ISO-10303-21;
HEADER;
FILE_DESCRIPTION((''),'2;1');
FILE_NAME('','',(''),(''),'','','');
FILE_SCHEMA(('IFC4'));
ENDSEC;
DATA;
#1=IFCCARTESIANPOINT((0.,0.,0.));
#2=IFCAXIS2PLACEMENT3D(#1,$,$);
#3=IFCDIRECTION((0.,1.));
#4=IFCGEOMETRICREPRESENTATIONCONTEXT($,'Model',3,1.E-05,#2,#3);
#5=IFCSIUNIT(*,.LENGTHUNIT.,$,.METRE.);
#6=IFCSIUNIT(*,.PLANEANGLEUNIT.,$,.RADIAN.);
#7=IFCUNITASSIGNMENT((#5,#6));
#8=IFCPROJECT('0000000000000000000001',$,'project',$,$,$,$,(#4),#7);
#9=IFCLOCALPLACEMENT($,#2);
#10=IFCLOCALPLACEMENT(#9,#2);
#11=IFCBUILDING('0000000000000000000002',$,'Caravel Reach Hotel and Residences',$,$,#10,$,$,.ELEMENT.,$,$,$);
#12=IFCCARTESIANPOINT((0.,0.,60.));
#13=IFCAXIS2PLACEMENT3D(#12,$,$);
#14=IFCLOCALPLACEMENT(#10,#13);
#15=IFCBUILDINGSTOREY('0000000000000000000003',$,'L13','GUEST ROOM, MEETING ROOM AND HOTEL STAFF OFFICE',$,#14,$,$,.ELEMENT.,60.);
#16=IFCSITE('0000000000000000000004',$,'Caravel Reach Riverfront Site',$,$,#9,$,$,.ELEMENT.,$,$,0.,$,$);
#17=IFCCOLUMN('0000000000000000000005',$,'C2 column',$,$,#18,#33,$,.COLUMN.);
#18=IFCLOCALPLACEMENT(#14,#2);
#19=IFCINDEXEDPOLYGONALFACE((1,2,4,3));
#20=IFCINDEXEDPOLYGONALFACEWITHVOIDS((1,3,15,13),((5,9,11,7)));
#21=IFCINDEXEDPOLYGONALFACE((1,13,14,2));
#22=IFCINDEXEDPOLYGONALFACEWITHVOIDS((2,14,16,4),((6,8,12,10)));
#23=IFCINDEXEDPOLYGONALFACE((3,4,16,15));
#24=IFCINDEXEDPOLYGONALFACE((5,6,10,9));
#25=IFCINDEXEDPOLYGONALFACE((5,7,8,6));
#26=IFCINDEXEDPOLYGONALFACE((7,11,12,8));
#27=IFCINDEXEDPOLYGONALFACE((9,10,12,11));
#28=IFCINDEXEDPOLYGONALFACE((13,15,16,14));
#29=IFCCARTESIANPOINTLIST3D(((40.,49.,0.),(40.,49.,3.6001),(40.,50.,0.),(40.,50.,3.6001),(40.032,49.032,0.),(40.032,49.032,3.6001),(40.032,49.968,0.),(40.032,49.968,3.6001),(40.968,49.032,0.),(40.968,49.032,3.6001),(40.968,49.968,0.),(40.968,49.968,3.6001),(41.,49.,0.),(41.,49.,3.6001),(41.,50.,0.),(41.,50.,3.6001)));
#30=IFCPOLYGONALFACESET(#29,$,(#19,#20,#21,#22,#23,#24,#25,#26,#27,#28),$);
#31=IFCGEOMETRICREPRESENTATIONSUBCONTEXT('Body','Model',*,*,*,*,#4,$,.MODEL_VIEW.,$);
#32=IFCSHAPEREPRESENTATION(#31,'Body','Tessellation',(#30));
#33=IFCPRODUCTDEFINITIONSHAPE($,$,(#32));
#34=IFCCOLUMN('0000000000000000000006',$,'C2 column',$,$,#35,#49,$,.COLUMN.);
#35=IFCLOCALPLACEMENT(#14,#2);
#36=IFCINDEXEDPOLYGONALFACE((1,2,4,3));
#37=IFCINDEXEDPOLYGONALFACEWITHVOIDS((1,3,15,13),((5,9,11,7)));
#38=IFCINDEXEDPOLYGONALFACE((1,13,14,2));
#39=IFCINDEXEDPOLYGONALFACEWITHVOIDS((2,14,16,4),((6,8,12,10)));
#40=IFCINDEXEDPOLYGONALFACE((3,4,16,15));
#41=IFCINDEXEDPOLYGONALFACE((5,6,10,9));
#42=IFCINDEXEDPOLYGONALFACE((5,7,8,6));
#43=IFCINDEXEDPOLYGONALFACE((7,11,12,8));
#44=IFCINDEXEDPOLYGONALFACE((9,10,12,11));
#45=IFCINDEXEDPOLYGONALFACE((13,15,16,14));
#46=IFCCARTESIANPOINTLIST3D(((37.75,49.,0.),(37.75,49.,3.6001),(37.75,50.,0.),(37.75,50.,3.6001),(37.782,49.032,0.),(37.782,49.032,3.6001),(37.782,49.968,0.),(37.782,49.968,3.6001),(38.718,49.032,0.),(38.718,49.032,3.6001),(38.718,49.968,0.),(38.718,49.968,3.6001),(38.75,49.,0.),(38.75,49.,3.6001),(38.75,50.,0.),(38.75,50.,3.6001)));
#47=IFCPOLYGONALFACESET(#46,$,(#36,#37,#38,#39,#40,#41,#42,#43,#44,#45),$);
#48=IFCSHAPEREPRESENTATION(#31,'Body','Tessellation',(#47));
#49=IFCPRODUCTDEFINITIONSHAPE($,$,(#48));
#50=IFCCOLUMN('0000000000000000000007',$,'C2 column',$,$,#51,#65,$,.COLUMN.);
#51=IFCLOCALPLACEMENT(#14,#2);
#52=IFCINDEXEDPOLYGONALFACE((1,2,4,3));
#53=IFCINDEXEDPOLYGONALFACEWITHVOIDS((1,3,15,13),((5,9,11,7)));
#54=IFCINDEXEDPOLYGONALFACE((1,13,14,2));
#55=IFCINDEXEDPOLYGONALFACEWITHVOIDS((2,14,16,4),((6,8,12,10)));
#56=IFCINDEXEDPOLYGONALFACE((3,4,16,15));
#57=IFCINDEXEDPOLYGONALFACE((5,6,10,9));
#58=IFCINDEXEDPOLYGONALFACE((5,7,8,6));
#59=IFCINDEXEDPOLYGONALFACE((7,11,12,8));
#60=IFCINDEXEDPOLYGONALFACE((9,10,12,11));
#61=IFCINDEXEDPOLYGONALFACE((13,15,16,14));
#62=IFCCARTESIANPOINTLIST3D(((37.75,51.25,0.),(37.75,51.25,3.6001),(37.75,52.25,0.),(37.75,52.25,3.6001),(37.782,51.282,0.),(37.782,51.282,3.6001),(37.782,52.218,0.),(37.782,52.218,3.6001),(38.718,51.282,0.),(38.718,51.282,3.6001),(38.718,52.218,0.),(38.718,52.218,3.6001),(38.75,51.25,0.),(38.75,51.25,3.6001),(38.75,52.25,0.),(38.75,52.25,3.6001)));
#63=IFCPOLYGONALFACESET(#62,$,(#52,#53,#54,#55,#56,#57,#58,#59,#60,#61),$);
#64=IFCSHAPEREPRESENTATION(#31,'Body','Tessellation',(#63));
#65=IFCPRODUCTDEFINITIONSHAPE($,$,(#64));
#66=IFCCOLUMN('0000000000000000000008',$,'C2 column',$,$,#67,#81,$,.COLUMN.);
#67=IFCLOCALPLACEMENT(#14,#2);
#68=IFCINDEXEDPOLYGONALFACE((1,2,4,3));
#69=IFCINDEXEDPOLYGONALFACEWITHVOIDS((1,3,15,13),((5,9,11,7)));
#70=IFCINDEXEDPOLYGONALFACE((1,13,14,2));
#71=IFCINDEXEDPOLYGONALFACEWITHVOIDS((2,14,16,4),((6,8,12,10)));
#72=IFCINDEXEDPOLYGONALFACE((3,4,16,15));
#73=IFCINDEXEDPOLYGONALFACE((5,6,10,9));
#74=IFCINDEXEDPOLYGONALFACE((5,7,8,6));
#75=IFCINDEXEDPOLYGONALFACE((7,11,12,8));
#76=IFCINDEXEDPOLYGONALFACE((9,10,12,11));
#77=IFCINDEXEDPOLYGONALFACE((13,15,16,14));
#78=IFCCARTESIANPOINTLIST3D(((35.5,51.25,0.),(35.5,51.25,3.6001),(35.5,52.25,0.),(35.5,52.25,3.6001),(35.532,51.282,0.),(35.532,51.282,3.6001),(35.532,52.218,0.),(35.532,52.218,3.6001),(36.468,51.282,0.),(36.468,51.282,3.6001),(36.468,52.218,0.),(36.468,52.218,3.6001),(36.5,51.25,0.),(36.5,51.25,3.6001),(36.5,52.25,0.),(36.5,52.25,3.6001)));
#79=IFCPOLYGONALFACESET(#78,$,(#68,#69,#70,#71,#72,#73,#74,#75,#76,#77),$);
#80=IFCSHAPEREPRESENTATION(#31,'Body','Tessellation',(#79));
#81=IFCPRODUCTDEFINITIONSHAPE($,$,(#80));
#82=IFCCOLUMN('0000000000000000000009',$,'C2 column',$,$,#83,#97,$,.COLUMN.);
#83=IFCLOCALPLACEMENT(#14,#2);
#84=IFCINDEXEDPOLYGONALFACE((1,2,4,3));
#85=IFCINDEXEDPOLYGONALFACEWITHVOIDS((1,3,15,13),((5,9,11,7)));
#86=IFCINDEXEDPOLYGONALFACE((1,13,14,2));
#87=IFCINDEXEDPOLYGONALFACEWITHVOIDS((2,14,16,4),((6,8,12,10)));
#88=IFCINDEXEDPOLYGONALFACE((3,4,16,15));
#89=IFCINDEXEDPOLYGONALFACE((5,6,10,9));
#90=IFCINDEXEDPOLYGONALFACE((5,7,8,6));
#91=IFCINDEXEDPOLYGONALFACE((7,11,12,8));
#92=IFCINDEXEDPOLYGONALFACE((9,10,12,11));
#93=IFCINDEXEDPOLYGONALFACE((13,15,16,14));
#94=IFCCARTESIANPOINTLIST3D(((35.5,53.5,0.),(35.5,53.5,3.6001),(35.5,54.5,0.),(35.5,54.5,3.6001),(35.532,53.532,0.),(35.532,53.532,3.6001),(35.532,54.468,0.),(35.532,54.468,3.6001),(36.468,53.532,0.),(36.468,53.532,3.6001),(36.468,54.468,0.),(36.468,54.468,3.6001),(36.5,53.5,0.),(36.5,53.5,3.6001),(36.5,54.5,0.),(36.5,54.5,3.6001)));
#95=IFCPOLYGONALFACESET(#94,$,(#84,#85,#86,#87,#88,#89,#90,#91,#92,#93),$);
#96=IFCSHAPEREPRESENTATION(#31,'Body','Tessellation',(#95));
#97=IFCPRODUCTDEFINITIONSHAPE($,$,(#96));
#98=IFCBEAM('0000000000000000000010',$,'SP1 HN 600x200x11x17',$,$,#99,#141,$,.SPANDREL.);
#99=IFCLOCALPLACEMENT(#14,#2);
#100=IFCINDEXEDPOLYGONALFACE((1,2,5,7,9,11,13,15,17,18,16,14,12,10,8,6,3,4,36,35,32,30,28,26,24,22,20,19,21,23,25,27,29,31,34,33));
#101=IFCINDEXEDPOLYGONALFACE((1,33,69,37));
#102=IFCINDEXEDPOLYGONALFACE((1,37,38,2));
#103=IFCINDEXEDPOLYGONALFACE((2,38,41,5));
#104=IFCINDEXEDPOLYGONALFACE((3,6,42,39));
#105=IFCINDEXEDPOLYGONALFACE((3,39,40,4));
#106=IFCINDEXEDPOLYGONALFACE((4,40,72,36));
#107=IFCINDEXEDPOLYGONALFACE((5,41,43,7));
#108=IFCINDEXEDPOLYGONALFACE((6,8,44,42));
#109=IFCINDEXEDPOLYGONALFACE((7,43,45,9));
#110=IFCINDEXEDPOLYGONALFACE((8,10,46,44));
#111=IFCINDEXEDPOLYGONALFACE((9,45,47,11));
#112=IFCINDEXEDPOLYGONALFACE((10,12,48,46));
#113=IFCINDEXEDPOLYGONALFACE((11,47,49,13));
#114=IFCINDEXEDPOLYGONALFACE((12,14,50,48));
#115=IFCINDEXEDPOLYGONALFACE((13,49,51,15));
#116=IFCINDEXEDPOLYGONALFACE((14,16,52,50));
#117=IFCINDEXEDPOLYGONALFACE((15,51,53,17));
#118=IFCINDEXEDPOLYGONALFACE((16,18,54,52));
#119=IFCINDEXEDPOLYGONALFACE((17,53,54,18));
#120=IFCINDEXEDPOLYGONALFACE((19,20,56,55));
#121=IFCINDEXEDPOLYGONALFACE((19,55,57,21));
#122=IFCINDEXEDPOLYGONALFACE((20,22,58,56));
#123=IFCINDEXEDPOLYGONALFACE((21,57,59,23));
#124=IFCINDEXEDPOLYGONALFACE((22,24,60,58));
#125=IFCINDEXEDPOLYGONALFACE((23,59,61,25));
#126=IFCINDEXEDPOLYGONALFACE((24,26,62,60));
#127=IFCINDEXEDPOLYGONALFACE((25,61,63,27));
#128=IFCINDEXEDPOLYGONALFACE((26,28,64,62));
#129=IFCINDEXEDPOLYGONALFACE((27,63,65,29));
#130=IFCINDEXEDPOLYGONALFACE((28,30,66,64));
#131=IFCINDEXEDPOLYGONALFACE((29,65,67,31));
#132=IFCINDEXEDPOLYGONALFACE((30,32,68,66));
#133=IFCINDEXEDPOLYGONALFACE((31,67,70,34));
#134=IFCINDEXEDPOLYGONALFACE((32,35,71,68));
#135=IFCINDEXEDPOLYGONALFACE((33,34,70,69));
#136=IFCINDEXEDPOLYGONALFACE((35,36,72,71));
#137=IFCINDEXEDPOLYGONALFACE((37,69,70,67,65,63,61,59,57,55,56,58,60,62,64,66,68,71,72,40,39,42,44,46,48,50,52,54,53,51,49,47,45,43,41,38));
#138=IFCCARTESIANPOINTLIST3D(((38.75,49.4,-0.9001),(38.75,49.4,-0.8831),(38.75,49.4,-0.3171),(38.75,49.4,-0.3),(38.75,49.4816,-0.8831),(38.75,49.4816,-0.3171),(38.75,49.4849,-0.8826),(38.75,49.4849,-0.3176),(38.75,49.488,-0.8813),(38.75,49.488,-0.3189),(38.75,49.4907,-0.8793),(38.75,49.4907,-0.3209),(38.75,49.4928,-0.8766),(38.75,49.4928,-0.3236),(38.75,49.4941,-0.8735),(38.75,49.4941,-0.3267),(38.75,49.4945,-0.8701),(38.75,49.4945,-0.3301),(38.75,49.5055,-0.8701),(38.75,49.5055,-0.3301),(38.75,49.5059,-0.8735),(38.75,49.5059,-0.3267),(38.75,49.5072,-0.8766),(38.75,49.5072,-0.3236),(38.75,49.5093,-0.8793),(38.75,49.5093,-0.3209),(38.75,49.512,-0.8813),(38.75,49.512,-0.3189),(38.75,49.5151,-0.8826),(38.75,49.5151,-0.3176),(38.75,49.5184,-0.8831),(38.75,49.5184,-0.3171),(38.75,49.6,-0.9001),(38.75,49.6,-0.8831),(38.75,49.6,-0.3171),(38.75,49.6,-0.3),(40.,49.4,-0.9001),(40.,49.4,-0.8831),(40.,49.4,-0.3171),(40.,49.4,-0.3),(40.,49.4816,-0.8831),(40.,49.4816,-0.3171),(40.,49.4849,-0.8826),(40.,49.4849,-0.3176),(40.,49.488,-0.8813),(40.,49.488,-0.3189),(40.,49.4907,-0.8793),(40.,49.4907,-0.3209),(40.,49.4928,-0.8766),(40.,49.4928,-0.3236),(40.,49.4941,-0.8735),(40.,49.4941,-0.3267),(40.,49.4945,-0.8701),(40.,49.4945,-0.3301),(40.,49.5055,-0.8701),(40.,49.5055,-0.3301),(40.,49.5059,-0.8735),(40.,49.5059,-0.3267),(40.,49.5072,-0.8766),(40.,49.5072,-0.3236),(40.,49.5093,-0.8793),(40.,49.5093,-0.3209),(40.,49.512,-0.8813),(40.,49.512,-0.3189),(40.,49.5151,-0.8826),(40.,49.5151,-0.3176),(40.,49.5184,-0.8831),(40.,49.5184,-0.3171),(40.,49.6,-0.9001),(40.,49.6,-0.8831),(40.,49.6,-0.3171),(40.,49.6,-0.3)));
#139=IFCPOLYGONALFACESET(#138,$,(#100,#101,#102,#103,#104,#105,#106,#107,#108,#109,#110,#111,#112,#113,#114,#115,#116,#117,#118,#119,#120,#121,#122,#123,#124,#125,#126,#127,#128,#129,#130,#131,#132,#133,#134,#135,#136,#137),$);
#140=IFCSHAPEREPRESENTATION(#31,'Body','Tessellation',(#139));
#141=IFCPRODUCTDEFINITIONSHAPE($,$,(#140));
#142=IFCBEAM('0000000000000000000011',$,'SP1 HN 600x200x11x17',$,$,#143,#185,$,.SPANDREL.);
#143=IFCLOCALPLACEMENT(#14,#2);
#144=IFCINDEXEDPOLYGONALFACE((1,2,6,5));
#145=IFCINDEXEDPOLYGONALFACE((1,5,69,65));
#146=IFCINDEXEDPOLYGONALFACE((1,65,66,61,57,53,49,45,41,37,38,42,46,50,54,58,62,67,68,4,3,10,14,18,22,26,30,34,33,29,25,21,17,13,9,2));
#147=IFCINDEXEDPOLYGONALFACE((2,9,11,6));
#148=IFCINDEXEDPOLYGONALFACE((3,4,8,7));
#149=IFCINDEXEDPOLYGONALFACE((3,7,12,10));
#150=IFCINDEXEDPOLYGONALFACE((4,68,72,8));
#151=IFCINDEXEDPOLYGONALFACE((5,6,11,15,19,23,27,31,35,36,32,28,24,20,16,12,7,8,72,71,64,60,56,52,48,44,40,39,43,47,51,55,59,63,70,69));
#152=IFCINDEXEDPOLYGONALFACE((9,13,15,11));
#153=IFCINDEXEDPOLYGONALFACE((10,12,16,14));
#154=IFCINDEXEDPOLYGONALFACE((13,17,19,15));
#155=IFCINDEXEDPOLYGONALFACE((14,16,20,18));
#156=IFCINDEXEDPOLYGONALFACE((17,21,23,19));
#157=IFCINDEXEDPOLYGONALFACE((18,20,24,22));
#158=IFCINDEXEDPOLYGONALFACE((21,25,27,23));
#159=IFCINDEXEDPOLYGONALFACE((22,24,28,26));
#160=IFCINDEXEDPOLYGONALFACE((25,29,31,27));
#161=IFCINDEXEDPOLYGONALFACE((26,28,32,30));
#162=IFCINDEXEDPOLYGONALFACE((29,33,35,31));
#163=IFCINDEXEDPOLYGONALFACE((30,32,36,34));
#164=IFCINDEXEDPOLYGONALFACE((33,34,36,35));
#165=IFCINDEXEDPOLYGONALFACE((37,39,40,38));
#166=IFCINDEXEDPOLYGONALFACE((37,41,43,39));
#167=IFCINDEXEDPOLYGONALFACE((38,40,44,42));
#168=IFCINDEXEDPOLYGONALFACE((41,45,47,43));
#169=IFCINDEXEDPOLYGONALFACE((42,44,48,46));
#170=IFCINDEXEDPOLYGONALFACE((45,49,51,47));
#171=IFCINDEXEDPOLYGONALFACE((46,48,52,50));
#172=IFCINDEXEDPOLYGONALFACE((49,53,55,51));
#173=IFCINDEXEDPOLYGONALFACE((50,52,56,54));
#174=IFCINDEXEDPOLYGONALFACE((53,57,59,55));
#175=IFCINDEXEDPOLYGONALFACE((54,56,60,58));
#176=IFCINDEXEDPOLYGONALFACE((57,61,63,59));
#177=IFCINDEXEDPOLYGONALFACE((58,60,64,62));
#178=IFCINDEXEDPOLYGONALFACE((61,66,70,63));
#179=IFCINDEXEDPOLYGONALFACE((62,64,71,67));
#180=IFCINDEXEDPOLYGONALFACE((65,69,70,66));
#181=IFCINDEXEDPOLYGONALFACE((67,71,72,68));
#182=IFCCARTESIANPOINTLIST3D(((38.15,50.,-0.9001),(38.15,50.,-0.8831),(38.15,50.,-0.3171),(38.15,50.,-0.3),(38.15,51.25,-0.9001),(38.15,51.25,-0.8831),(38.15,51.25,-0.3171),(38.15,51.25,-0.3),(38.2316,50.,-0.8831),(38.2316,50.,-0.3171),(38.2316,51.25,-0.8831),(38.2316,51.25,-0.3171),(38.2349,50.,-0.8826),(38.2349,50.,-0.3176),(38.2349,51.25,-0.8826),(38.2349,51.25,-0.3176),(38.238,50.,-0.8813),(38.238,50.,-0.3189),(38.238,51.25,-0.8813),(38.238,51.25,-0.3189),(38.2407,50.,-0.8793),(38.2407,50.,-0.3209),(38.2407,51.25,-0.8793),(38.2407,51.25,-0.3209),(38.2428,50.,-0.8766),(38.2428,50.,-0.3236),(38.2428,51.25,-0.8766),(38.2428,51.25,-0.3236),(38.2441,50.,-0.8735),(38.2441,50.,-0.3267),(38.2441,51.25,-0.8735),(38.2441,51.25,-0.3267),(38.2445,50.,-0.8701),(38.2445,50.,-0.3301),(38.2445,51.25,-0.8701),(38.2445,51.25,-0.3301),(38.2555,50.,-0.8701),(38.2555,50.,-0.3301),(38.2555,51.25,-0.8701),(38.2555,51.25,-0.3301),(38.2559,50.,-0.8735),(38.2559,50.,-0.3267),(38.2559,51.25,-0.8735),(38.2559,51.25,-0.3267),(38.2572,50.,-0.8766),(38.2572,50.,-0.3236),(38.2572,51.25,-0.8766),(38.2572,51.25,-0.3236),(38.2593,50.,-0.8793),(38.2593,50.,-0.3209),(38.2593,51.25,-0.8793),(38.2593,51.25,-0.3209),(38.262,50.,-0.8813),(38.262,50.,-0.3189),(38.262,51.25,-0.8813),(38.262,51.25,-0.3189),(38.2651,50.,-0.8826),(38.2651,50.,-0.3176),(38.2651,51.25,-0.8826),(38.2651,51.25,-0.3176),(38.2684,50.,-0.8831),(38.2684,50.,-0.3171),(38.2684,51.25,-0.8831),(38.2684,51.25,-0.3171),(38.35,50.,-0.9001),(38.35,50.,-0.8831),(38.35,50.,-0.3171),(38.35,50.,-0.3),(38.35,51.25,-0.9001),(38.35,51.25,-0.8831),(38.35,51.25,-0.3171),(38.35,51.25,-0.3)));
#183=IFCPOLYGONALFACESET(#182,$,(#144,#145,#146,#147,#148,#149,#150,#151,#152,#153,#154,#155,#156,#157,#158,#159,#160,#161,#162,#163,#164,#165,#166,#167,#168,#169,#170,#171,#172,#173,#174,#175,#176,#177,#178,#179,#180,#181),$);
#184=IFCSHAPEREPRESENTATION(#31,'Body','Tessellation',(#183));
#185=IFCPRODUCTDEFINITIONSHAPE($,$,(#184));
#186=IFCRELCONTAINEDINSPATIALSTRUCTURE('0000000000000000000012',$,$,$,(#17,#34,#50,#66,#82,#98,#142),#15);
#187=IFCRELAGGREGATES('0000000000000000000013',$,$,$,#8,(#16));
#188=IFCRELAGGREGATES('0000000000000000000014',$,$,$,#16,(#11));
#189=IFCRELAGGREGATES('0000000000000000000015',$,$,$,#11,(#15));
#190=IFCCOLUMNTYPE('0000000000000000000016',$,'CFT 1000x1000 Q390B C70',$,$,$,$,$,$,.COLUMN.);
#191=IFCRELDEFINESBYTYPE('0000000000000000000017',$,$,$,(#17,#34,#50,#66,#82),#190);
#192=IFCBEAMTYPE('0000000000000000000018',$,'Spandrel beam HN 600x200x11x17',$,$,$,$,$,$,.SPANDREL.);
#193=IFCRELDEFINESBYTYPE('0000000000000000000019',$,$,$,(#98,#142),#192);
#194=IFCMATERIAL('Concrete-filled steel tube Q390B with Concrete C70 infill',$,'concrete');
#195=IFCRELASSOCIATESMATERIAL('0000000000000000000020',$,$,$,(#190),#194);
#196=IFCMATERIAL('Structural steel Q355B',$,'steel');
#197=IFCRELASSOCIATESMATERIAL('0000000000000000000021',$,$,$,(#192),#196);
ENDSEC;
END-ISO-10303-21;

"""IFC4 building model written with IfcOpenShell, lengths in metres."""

from ifc_helpers import new_model, si_unit, direction, frame, origin, origin_2d, place, context, subcontext, project, spatial, hollow_rectangle, i_section, extrude, material, material_profile, profile_set, type_object, element, save


model = new_model("IFC4")

# Units and contexts
model_context = context("Model", 3, precision=1e-05, world=origin(), true_north=direction((0.0, 1.0)))
body_context = subcontext(model_context, "Body", "Model", "MODEL_VIEW")
ifc_project = project(units=[si_unit("LENGTHUNIT", "METRE"), si_unit("PLANEANGLEUNIT", "RADIAN")], contexts=[model_context])

# Site, building, storey
site_placement = place(None, origin())
site = spatial("IfcSite", under=ifc_project, at=site_placement, Name="Caravel Reach Riverfront Site", CompositionType="ELEMENT", RefElevation=0.0)
building_placement = place(site_placement, origin())
building = spatial("IfcBuilding", under=site, at=building_placement, Name="Caravel Reach Hotel and Residences", CompositionType="ELEMENT")
storey_placement = place(building_placement, frame((0.0, 0.0, 60.0)))
storey = spatial("IfcBuildingStorey", under=building, at=storey_placement, Name="L13", Description="GUEST ROOM, MEETING ROOM AND HOTEL STAFF OFFICE", CompositionType="ELEMENT", Elevation=60.0)

# Columns
ifc_material_1 = material(Name="Concrete-filled steel tube Q390B with Concrete C70 infill", Category="concrete")
ifc_material_profile_1 = material_profile(ifc_material_1, hollow_rectangle(XDim=1.0, YDim=1.0, WallThickness=0.032, at=origin_2d()), Name="RHS 1000x1000x32")
ifc_profile_set_1 = profile_set([ifc_material_profile_1], Name="Concrete-filled steel tube Q390B with Concrete C70 infill")
column_type = type_object("IfcColumnType", Name="CFT 1000x1000 Q390B C70", PredefinedType="COLUMN", material=ifc_profile_set_1)
for number, where, z_axis, x_axis, name in (
    (1, (40.5, 49.5, 0.0), (0.0, 0.0, 1.0), (1.0, 0.0, 0.0), "C2 column"),
    (2, (38.25, 49.5, 0.0), (0.0, 0.0, 1.0), (1.0, 0.0, 0.0), "C2 column"),
    (3, (38.25, 51.75, 0.0), (0.0, 0.0, 1.0), (1.0, 0.0, 0.0), "C2 column"),
    (4, (36.0, 51.75, 0.0), (0.0, 0.0, 1.0), (1.0, 0.0, 0.0), "C2 column"),
    (5, (36.0, 54.0, 0.0), (0.0, 0.0, 1.0), (1.0, 0.0, 0.0), "C2 column"),
):
    element("IfcColumn", number, at=place(storey_placement, frame(where, z_axis=z_axis, x_axis=x_axis)), inside=storey, type_object=column_type, Name=name, PredefinedType="COLUMN", context=body_context, shape_type="SweptSolid", body=[
        extrude(hollow_rectangle(XDim=1.0, YDim=1.0, WallThickness=0.032, at=origin_2d()), origin(), (0.0, 0.0, 1.0), 3.6001),
    ])

# Beams
ifc_material_2 = material(Name="Structural steel Q355B", Category="steel")
ifc_material_profile_2 = material_profile(ifc_material_2, i_section(OverallWidth=0.2, OverallDepth=0.6001, WebThickness=0.011, FlangeThickness=0.0171, FilletRadius=0.0129, at=origin_2d()), Name="HN 600x200x11x17")
ifc_profile_set_2 = profile_set([ifc_material_profile_2], Name="Structural steel Q355B")
beam_type = type_object("IfcBeamType", Name="Spandrel beam HN 600x200x11x17", PredefinedType="SPANDREL", material=ifc_profile_set_2)
for number, where, z_axis, x_axis, name in (
    (6, (40.0, 49.5, -0.6001), (-1.0, 0.0, 0.0), (0.0, -1.0, 0.0), "SP1 HN 600x200x11x17"),
    (7, (38.25, 50.0, -0.6001), (0.0, 1.0, 0.0), (-1.0, 0.0, 0.0), "SP1 HN 600x200x11x17"),
):
    element("IfcBeam", number, at=place(storey_placement, frame(where, z_axis=z_axis, x_axis=x_axis)), inside=storey, type_object=beam_type, Name=name, PredefinedType="SPANDREL", context=body_context, shape_type="SweptSolid", body=[
        extrude(i_section(OverallWidth=0.2, OverallDepth=0.6001, WebThickness=0.011, FlangeThickness=0.0171, FilletRadius=0.0129, at=origin_2d()), origin(), (0.0, 0.0, 1.0), 1.25),
    ])

save(model, "model.ifc")
